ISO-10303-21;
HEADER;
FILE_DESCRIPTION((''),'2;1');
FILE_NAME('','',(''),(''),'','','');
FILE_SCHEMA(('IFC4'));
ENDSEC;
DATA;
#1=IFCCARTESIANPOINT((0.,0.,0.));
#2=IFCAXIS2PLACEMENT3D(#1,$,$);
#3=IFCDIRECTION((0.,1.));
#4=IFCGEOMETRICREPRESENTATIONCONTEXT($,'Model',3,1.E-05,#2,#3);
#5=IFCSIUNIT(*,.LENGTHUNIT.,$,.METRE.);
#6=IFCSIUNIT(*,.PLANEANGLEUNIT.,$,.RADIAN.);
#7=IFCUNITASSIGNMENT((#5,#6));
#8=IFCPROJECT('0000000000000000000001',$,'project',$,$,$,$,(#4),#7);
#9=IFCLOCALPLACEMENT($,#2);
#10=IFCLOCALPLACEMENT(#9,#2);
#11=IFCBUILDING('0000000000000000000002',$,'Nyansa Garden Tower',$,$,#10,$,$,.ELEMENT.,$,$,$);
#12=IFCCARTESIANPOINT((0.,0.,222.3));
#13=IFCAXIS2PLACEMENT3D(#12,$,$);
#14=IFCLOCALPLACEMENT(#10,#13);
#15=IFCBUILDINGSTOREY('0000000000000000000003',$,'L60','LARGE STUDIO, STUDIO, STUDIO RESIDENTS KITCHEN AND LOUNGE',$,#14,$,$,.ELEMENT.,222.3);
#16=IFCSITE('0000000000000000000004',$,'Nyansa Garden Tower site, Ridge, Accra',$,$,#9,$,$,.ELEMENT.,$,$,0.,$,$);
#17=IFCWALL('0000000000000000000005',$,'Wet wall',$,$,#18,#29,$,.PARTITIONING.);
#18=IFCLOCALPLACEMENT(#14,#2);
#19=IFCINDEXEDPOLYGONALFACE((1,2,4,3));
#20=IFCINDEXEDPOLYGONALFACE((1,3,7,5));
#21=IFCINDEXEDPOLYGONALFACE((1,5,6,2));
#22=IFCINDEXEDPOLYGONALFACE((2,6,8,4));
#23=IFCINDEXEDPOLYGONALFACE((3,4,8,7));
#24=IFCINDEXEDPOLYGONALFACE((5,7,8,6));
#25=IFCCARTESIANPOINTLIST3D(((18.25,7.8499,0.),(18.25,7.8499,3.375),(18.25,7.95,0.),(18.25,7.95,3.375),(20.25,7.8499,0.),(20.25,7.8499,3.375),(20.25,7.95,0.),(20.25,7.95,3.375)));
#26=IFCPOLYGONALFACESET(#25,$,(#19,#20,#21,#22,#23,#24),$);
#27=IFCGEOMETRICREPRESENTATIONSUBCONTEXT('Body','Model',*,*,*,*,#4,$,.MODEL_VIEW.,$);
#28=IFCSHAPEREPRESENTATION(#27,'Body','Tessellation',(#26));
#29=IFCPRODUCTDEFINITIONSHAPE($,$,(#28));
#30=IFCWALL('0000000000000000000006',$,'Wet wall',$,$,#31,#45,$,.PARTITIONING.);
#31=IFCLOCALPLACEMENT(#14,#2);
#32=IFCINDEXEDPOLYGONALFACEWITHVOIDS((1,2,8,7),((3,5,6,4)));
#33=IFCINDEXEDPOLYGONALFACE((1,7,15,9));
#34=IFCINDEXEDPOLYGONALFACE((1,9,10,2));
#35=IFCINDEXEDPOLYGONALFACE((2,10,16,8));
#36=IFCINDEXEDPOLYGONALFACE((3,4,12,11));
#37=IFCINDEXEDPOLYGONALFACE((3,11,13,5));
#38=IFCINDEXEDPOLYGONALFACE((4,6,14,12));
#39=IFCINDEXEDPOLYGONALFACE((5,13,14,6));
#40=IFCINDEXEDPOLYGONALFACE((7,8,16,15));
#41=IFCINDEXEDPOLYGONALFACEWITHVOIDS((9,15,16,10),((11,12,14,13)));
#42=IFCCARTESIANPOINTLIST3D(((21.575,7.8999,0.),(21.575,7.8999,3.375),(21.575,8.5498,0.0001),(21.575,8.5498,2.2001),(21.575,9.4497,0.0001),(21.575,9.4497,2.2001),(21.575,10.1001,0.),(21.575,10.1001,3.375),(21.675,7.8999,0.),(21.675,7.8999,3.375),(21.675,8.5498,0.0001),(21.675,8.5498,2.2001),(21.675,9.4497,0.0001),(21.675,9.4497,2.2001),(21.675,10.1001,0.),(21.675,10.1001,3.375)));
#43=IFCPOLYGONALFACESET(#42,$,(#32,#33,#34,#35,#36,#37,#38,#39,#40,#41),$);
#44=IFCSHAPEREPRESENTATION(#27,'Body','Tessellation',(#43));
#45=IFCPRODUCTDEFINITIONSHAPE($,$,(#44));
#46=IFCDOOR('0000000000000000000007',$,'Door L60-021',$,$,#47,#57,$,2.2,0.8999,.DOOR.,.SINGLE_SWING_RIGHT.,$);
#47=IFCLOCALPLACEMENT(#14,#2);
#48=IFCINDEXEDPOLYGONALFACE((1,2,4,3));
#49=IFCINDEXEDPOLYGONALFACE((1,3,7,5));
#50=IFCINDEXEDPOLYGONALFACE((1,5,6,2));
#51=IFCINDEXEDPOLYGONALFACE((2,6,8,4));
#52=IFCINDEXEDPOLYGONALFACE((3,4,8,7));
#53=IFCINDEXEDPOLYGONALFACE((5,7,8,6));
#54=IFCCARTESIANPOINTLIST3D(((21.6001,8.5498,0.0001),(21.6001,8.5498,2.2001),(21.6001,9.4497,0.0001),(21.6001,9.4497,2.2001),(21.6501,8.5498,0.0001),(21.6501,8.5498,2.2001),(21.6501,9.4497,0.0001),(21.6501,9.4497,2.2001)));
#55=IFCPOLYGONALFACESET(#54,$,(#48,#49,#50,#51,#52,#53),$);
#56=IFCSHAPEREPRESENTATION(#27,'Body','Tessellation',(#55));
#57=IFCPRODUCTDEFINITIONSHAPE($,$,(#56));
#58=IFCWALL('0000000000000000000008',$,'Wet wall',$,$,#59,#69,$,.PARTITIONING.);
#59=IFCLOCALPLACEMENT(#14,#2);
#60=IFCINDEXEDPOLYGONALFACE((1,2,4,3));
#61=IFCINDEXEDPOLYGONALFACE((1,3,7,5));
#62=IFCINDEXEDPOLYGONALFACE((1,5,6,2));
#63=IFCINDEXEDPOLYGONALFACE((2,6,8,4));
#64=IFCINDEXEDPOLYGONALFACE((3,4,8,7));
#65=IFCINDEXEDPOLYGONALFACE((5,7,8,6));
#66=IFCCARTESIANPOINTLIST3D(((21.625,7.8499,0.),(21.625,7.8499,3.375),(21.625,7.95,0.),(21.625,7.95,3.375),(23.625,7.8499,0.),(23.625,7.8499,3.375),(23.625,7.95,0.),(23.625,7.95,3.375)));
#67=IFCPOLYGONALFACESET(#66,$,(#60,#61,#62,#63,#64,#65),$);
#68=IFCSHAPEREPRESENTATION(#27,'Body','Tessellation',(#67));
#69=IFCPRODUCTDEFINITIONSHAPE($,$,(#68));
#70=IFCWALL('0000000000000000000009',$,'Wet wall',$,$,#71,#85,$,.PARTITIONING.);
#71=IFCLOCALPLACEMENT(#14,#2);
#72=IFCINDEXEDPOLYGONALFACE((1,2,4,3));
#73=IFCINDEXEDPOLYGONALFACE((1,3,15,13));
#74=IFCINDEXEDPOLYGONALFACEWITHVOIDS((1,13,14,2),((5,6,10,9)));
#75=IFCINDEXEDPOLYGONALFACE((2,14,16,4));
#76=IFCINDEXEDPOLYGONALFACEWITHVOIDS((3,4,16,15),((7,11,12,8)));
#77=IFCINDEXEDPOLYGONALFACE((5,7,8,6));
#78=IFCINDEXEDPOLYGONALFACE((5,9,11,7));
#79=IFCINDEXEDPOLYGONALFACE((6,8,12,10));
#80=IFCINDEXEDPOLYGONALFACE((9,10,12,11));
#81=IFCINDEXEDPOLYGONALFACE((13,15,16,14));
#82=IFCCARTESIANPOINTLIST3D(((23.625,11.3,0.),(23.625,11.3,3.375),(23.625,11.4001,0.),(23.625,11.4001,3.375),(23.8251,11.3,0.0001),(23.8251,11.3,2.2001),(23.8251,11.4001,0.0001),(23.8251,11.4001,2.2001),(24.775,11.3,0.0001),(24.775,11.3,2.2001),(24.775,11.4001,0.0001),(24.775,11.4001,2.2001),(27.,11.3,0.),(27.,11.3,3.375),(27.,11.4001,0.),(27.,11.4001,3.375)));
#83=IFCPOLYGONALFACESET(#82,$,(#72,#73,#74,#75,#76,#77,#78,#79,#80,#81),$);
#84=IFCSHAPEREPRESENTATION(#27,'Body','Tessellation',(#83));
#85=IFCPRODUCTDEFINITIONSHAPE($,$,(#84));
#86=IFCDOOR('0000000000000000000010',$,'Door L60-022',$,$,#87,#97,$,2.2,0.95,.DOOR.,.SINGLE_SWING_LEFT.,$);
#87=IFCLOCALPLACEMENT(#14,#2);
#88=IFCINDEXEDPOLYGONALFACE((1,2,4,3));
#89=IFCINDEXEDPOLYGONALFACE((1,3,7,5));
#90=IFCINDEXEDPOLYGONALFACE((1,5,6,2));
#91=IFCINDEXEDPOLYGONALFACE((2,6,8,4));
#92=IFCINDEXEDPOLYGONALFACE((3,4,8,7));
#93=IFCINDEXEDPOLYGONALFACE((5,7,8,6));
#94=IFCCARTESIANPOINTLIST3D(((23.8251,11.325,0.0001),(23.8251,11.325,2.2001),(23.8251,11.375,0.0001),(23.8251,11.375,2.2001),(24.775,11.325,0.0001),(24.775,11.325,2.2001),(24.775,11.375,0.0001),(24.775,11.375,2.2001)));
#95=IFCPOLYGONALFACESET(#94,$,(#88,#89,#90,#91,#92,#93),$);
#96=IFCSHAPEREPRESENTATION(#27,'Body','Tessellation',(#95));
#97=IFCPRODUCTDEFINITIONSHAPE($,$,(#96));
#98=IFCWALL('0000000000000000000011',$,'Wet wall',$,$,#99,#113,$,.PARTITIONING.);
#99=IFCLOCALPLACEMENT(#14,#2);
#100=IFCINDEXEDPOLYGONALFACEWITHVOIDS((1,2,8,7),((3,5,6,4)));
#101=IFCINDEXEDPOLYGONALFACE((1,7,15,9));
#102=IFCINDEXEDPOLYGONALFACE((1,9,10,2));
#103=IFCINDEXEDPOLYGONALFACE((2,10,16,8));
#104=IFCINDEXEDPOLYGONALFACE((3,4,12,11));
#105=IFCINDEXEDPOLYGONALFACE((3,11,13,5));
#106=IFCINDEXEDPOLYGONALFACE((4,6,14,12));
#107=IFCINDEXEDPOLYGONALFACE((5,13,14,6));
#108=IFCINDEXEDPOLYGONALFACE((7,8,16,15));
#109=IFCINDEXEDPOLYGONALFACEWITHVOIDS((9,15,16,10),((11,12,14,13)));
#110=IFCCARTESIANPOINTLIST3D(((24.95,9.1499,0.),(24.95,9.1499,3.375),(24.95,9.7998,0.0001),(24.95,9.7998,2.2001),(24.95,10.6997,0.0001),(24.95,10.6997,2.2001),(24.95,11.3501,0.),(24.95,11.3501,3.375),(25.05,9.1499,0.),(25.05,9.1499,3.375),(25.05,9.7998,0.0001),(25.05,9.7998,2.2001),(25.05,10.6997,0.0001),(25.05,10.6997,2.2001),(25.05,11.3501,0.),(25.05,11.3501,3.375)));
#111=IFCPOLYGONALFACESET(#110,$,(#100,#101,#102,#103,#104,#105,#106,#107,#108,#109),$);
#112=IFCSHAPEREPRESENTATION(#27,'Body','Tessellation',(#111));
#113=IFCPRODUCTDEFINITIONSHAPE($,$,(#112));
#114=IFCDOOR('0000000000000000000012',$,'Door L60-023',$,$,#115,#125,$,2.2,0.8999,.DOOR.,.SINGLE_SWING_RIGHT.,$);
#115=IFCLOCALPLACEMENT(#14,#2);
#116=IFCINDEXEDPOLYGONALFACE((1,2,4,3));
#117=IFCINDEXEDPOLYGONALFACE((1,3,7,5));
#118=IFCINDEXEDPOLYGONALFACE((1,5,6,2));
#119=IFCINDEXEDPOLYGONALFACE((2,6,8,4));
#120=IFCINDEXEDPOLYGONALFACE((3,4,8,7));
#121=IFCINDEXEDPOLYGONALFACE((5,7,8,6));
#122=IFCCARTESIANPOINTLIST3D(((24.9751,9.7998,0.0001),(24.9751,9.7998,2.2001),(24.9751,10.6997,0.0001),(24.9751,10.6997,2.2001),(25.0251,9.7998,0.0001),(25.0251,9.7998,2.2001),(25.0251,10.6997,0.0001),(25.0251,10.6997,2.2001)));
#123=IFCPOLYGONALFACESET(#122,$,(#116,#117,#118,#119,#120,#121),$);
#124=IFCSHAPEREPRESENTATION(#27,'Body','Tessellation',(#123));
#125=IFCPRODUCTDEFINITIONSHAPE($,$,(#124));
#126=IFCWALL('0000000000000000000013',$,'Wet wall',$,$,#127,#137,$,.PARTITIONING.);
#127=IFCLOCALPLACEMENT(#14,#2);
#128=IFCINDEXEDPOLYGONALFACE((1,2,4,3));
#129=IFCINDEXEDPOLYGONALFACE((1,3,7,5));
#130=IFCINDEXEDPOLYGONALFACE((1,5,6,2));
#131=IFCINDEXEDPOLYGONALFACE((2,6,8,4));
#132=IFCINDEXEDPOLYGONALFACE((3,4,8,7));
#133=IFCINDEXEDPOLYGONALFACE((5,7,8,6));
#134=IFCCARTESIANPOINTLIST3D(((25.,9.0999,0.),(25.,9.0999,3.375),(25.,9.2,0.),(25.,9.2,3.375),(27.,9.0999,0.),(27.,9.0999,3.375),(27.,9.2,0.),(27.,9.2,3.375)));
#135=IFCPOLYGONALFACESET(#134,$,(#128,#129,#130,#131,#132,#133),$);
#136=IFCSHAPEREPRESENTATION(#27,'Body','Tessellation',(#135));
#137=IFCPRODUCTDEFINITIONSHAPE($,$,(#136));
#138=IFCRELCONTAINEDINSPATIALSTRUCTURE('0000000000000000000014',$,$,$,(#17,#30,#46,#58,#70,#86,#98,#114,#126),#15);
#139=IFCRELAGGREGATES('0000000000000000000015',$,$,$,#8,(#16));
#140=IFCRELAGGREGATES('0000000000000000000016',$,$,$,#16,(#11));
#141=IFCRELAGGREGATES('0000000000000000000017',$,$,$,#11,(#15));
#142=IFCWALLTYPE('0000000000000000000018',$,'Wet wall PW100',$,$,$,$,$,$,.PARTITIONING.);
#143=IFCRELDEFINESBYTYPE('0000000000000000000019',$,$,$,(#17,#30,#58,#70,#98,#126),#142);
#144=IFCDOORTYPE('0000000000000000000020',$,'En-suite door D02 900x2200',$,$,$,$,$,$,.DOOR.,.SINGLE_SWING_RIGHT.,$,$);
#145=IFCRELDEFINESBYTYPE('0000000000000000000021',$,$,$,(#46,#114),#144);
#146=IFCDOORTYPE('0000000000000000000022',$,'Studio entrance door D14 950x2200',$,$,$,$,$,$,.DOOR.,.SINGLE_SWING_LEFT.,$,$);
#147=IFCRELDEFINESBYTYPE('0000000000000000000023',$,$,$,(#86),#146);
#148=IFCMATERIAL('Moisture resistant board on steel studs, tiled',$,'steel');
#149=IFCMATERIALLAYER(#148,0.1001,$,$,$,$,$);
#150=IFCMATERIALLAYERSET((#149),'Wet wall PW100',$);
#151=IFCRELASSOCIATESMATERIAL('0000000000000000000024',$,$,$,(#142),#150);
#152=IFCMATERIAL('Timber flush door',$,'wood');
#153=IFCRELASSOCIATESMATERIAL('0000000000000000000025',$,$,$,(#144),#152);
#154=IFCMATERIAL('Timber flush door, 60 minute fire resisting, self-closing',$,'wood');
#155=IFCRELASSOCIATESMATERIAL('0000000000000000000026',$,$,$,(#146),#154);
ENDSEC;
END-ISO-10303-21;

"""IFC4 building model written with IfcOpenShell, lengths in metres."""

from ifc_helpers import new_model, si_unit, direction, frame, frame_2d, origin, place, context, subcontext, project, spatial, rectangle, extrude, material, layer, layer_set, type_object, element, fill, save


model = new_model("IFC4")

# Units and contexts
model_context = context("Model", 3, precision=1e-05, world=origin(), true_north=direction((0.0, 1.0)))
body_context = subcontext(model_context, "Body", "Model", "MODEL_VIEW")
ifc_project = project(units=[si_unit("LENGTHUNIT", "METRE"), si_unit("PLANEANGLEUNIT", "RADIAN")], contexts=[model_context])

# Site, building, storey
site_placement = place(None, origin())
site = spatial("IfcSite", under=ifc_project, at=site_placement, Name="Nyansa Garden Tower site, Ridge, Accra", CompositionType="ELEMENT", RefElevation=0.0)
building_placement = place(site_placement, origin())
building = spatial("IfcBuilding", under=site, at=building_placement, Name="Nyansa Garden Tower", CompositionType="ELEMENT")
storey_placement = place(building_placement, frame((0.0, 0.0, 222.3)))
storey = spatial("IfcBuildingStorey", under=building, at=storey_placement, Name="L60", Description="LARGE STUDIO, STUDIO, STUDIO RESIDENTS KITCHEN AND LOUNGE", CompositionType="ELEMENT", Elevation=222.3)

# Shared definitions
ifc_material_1 = material(Name="Moisture resistant board on steel studs, tiled", Category="steel")
ifc_layer_1 = layer(ifc_material_1, 0.1001)
ifc_layer_set_1 = layer_set([ifc_layer_1], Name="Wet wall PW100")
wall_type_1 = type_object("IfcWallType", Name="Wet wall PW100", PredefinedType="PARTITIONING", material=ifc_layer_set_1)
ifc_material_2 = material(Name="Timber flush door", Category="wood")
door_type_1 = type_object("IfcDoorType", Name="En-suite door D02 900x2200", OperationType="SINGLE_SWING_RIGHT", PredefinedType="DOOR", material=ifc_material_2)

# Wall
wall_1_placement = place(storey_placement, frame((18.25, 7.8999, 0.0), z_axis=(0.0, 0.0, 1.0), x_axis=(1.0, 0.0, 0.0)))
element("IfcWall", 1, at=wall_1_placement, inside=storey, type_object=wall_type_1, Name="Wet wall", PredefinedType="PARTITIONING", context=body_context, shape_type="SweptSolid", body=[
    extrude(rectangle(XDim=2.0, YDim=0.1001, at=frame_2d((1.0, 0.0))), origin(), (0.0, 0.0, 1.0), 3.375),
])

# Wall, opening, door
wall_2_placement = place(storey_placement, frame((21.625, 7.8999, 0.0), z_axis=(0.0, 0.0, 1.0), x_axis=(0.0, 1.0, 0.0)))
wall_2 = element("IfcWall", 2, at=wall_2_placement, inside=storey, type_object=wall_type_1, Name="Wet wall", PredefinedType="PARTITIONING", context=body_context, shape_type="SweptSolid", body=[
    extrude(rectangle(XDim=2.2002, YDim=0.1001, at=frame_2d((1.1001, 0.0))), origin(), (0.0, 0.0, 1.0), 3.375),
])
opening_1_placement = place(wall_2_placement, frame((0.6499, 0.0, 0.0)))
opening_1 = element("IfcOpeningElement", 3, at=opening_1_placement, cuts=wall_2, PredefinedType="OPENING", context=body_context, shape_type="SweptSolid", body=[
    extrude(rectangle(XDim=0.8999, YDim=2.2, at=frame_2d((0.45, 1.1001))), frame((0.0, 0.0601, 0.0), z_axis=(0.0, -1.0, 0.0), x_axis=(1.0, 0.0, 0.0)), (0.0, 0.0, 1.0), 0.1201),
])
door_1_placement = place(opening_1_placement, origin())
door_1 = element("IfcDoor", 4, at=door_1_placement, inside=storey, type_object=door_type_1, Name="Door L60-021", OperationType="SINGLE_SWING_RIGHT", OverallHeight=2.2, OverallWidth=0.8999, PredefinedType="DOOR", context=body_context, shape_type="SweptSolid", body=[
    extrude(rectangle(XDim=0.8999, YDim=2.2, at=frame_2d((0.45, 1.1001))), frame((0.0, 0.0249, 0.0), z_axis=(0.0, -1.0, 0.0), x_axis=(1.0, 0.0, 0.0)), (0.0, 0.0, 1.0), 0.05),
])
fill(opening_1, door_1)

# Wall
wall_3_placement = place(storey_placement, frame((21.625, 7.8999, 0.0), z_axis=(0.0, 0.0, 1.0), x_axis=(1.0, 0.0, 0.0)))
element("IfcWall", 5, at=wall_3_placement, inside=storey, type_object=wall_type_1, Name="Wet wall", PredefinedType="PARTITIONING", context=body_context, shape_type="SweptSolid", body=[
    extrude(rectangle(XDim=2.0, YDim=0.1001, at=frame_2d((1.0, 0.0))), origin(), (0.0, 0.0, 1.0), 3.375),
])

# Walls, openings, doors
wall_4_placement = place(storey_placement, frame((23.625, 11.3501, 0.0), z_axis=(0.0, 0.0, 1.0), x_axis=(1.0, 0.0, 0.0)))
wall_4 = element("IfcWall", 6, at=wall_4_placement, inside=storey, type_object=wall_type_1, Name="Wet wall", PredefinedType="PARTITIONING", context=body_context, shape_type="SweptSolid", body=[
    extrude(rectangle(XDim=3.375, YDim=0.1001, at=frame_2d((1.6875, 0.0))), origin(), (0.0, 0.0, 1.0), 3.375),
])
opening_2_placement = place(wall_4_placement, frame((0.2, 0.0, 0.0)))
opening_2 = element("IfcOpeningElement", 7, at=opening_2_placement, cuts=wall_4, PredefinedType="OPENING", context=body_context, shape_type="SweptSolid", body=[
    extrude(rectangle(XDim=0.95, YDim=2.2, at=frame_2d((0.4751, 1.1001))), frame((0.0, 0.0601, 0.0), z_axis=(0.0, -1.0, 0.0), x_axis=(1.0, 0.0, 0.0)), (0.0, 0.0, 1.0), 0.1201),
])
ifc_material_3 = material(Name="Timber flush door, 60 minute fire resisting, self-closing", Category="wood")
door_type_2 = type_object("IfcDoorType", Name="Studio entrance door D14 950x2200", OperationType="SINGLE_SWING_LEFT", PredefinedType="DOOR", material=ifc_material_3)
door_2_placement = place(opening_2_placement, origin())
door_2 = element("IfcDoor", 8, at=door_2_placement, inside=storey, type_object=door_type_2, Name="Door L60-022", OperationType="SINGLE_SWING_LEFT", OverallHeight=2.2, OverallWidth=0.95, PredefinedType="DOOR", context=body_context, shape_type="SweptSolid", body=[
    extrude(rectangle(XDim=0.95, YDim=2.2, at=frame_2d((0.4751, 1.1001))), frame((0.0, 0.0249, 0.0), z_axis=(0.0, -1.0, 0.0), x_axis=(1.0, 0.0, 0.0)), (0.0, 0.0, 1.0), 0.05),
])
fill(opening_2, door_2)
wall_5_placement = place(storey_placement, frame((25.0, 9.1499, 0.0), z_axis=(0.0, 0.0, 1.0), x_axis=(0.0, 1.0, 0.0)))
wall_5 = element("IfcWall", 9, at=wall_5_placement, inside=storey, type_object=wall_type_1, Name="Wet wall", PredefinedType="PARTITIONING", context=body_context, shape_type="SweptSolid", body=[
    extrude(rectangle(XDim=2.2002, YDim=0.1001, at=frame_2d((1.1001, 0.0))), origin(), (0.0, 0.0, 1.0), 3.375),
])
opening_3_placement = place(wall_5_placement, frame((0.6499, 0.0, 0.0)))
opening_3 = element("IfcOpeningElement", 10, at=opening_3_placement, cuts=wall_5, PredefinedType="OPENING", context=body_context, shape_type="SweptSolid", body=[
    extrude(rectangle(XDim=0.8999, YDim=2.2, at=frame_2d((0.45, 1.1001))), frame((0.0, 0.0601, 0.0), z_axis=(0.0, -1.0, 0.0), x_axis=(1.0, 0.0, 0.0)), (0.0, 0.0, 1.0), 0.1201),
])
door_3_placement = place(opening_3_placement, origin())
door_3 = element("IfcDoor", 11, at=door_3_placement, inside=storey, type_object=door_type_1, Name="Door L60-023", OperationType="SINGLE_SWING_RIGHT", OverallHeight=2.2, OverallWidth=0.8999, PredefinedType="DOOR", context=body_context, shape_type="SweptSolid", body=[
    extrude(rectangle(XDim=0.8999, YDim=2.2, at=frame_2d((0.45, 1.1001))), frame((0.0, 0.0249, 0.0), z_axis=(0.0, -1.0, 0.0), x_axis=(1.0, 0.0, 0.0)), (0.0, 0.0, 1.0), 0.05),
])
fill(opening_3, door_3)

# Wall
wall_6_placement = place(storey_placement, frame((25.0, 9.1499, 0.0), z_axis=(0.0, 0.0, 1.0), x_axis=(1.0, 0.0, 0.0)))
element("IfcWall", 12, at=wall_6_placement, inside=storey, type_object=wall_type_1, Name="Wet wall", PredefinedType="PARTITIONING", context=body_context, shape_type="SweptSolid", body=[
    extrude(rectangle(XDim=2.0, YDim=0.1001, at=frame_2d((1.0, 0.0))), origin(), (0.0, 0.0, 1.0), 3.375),
])

save(model, "model.ifc")
